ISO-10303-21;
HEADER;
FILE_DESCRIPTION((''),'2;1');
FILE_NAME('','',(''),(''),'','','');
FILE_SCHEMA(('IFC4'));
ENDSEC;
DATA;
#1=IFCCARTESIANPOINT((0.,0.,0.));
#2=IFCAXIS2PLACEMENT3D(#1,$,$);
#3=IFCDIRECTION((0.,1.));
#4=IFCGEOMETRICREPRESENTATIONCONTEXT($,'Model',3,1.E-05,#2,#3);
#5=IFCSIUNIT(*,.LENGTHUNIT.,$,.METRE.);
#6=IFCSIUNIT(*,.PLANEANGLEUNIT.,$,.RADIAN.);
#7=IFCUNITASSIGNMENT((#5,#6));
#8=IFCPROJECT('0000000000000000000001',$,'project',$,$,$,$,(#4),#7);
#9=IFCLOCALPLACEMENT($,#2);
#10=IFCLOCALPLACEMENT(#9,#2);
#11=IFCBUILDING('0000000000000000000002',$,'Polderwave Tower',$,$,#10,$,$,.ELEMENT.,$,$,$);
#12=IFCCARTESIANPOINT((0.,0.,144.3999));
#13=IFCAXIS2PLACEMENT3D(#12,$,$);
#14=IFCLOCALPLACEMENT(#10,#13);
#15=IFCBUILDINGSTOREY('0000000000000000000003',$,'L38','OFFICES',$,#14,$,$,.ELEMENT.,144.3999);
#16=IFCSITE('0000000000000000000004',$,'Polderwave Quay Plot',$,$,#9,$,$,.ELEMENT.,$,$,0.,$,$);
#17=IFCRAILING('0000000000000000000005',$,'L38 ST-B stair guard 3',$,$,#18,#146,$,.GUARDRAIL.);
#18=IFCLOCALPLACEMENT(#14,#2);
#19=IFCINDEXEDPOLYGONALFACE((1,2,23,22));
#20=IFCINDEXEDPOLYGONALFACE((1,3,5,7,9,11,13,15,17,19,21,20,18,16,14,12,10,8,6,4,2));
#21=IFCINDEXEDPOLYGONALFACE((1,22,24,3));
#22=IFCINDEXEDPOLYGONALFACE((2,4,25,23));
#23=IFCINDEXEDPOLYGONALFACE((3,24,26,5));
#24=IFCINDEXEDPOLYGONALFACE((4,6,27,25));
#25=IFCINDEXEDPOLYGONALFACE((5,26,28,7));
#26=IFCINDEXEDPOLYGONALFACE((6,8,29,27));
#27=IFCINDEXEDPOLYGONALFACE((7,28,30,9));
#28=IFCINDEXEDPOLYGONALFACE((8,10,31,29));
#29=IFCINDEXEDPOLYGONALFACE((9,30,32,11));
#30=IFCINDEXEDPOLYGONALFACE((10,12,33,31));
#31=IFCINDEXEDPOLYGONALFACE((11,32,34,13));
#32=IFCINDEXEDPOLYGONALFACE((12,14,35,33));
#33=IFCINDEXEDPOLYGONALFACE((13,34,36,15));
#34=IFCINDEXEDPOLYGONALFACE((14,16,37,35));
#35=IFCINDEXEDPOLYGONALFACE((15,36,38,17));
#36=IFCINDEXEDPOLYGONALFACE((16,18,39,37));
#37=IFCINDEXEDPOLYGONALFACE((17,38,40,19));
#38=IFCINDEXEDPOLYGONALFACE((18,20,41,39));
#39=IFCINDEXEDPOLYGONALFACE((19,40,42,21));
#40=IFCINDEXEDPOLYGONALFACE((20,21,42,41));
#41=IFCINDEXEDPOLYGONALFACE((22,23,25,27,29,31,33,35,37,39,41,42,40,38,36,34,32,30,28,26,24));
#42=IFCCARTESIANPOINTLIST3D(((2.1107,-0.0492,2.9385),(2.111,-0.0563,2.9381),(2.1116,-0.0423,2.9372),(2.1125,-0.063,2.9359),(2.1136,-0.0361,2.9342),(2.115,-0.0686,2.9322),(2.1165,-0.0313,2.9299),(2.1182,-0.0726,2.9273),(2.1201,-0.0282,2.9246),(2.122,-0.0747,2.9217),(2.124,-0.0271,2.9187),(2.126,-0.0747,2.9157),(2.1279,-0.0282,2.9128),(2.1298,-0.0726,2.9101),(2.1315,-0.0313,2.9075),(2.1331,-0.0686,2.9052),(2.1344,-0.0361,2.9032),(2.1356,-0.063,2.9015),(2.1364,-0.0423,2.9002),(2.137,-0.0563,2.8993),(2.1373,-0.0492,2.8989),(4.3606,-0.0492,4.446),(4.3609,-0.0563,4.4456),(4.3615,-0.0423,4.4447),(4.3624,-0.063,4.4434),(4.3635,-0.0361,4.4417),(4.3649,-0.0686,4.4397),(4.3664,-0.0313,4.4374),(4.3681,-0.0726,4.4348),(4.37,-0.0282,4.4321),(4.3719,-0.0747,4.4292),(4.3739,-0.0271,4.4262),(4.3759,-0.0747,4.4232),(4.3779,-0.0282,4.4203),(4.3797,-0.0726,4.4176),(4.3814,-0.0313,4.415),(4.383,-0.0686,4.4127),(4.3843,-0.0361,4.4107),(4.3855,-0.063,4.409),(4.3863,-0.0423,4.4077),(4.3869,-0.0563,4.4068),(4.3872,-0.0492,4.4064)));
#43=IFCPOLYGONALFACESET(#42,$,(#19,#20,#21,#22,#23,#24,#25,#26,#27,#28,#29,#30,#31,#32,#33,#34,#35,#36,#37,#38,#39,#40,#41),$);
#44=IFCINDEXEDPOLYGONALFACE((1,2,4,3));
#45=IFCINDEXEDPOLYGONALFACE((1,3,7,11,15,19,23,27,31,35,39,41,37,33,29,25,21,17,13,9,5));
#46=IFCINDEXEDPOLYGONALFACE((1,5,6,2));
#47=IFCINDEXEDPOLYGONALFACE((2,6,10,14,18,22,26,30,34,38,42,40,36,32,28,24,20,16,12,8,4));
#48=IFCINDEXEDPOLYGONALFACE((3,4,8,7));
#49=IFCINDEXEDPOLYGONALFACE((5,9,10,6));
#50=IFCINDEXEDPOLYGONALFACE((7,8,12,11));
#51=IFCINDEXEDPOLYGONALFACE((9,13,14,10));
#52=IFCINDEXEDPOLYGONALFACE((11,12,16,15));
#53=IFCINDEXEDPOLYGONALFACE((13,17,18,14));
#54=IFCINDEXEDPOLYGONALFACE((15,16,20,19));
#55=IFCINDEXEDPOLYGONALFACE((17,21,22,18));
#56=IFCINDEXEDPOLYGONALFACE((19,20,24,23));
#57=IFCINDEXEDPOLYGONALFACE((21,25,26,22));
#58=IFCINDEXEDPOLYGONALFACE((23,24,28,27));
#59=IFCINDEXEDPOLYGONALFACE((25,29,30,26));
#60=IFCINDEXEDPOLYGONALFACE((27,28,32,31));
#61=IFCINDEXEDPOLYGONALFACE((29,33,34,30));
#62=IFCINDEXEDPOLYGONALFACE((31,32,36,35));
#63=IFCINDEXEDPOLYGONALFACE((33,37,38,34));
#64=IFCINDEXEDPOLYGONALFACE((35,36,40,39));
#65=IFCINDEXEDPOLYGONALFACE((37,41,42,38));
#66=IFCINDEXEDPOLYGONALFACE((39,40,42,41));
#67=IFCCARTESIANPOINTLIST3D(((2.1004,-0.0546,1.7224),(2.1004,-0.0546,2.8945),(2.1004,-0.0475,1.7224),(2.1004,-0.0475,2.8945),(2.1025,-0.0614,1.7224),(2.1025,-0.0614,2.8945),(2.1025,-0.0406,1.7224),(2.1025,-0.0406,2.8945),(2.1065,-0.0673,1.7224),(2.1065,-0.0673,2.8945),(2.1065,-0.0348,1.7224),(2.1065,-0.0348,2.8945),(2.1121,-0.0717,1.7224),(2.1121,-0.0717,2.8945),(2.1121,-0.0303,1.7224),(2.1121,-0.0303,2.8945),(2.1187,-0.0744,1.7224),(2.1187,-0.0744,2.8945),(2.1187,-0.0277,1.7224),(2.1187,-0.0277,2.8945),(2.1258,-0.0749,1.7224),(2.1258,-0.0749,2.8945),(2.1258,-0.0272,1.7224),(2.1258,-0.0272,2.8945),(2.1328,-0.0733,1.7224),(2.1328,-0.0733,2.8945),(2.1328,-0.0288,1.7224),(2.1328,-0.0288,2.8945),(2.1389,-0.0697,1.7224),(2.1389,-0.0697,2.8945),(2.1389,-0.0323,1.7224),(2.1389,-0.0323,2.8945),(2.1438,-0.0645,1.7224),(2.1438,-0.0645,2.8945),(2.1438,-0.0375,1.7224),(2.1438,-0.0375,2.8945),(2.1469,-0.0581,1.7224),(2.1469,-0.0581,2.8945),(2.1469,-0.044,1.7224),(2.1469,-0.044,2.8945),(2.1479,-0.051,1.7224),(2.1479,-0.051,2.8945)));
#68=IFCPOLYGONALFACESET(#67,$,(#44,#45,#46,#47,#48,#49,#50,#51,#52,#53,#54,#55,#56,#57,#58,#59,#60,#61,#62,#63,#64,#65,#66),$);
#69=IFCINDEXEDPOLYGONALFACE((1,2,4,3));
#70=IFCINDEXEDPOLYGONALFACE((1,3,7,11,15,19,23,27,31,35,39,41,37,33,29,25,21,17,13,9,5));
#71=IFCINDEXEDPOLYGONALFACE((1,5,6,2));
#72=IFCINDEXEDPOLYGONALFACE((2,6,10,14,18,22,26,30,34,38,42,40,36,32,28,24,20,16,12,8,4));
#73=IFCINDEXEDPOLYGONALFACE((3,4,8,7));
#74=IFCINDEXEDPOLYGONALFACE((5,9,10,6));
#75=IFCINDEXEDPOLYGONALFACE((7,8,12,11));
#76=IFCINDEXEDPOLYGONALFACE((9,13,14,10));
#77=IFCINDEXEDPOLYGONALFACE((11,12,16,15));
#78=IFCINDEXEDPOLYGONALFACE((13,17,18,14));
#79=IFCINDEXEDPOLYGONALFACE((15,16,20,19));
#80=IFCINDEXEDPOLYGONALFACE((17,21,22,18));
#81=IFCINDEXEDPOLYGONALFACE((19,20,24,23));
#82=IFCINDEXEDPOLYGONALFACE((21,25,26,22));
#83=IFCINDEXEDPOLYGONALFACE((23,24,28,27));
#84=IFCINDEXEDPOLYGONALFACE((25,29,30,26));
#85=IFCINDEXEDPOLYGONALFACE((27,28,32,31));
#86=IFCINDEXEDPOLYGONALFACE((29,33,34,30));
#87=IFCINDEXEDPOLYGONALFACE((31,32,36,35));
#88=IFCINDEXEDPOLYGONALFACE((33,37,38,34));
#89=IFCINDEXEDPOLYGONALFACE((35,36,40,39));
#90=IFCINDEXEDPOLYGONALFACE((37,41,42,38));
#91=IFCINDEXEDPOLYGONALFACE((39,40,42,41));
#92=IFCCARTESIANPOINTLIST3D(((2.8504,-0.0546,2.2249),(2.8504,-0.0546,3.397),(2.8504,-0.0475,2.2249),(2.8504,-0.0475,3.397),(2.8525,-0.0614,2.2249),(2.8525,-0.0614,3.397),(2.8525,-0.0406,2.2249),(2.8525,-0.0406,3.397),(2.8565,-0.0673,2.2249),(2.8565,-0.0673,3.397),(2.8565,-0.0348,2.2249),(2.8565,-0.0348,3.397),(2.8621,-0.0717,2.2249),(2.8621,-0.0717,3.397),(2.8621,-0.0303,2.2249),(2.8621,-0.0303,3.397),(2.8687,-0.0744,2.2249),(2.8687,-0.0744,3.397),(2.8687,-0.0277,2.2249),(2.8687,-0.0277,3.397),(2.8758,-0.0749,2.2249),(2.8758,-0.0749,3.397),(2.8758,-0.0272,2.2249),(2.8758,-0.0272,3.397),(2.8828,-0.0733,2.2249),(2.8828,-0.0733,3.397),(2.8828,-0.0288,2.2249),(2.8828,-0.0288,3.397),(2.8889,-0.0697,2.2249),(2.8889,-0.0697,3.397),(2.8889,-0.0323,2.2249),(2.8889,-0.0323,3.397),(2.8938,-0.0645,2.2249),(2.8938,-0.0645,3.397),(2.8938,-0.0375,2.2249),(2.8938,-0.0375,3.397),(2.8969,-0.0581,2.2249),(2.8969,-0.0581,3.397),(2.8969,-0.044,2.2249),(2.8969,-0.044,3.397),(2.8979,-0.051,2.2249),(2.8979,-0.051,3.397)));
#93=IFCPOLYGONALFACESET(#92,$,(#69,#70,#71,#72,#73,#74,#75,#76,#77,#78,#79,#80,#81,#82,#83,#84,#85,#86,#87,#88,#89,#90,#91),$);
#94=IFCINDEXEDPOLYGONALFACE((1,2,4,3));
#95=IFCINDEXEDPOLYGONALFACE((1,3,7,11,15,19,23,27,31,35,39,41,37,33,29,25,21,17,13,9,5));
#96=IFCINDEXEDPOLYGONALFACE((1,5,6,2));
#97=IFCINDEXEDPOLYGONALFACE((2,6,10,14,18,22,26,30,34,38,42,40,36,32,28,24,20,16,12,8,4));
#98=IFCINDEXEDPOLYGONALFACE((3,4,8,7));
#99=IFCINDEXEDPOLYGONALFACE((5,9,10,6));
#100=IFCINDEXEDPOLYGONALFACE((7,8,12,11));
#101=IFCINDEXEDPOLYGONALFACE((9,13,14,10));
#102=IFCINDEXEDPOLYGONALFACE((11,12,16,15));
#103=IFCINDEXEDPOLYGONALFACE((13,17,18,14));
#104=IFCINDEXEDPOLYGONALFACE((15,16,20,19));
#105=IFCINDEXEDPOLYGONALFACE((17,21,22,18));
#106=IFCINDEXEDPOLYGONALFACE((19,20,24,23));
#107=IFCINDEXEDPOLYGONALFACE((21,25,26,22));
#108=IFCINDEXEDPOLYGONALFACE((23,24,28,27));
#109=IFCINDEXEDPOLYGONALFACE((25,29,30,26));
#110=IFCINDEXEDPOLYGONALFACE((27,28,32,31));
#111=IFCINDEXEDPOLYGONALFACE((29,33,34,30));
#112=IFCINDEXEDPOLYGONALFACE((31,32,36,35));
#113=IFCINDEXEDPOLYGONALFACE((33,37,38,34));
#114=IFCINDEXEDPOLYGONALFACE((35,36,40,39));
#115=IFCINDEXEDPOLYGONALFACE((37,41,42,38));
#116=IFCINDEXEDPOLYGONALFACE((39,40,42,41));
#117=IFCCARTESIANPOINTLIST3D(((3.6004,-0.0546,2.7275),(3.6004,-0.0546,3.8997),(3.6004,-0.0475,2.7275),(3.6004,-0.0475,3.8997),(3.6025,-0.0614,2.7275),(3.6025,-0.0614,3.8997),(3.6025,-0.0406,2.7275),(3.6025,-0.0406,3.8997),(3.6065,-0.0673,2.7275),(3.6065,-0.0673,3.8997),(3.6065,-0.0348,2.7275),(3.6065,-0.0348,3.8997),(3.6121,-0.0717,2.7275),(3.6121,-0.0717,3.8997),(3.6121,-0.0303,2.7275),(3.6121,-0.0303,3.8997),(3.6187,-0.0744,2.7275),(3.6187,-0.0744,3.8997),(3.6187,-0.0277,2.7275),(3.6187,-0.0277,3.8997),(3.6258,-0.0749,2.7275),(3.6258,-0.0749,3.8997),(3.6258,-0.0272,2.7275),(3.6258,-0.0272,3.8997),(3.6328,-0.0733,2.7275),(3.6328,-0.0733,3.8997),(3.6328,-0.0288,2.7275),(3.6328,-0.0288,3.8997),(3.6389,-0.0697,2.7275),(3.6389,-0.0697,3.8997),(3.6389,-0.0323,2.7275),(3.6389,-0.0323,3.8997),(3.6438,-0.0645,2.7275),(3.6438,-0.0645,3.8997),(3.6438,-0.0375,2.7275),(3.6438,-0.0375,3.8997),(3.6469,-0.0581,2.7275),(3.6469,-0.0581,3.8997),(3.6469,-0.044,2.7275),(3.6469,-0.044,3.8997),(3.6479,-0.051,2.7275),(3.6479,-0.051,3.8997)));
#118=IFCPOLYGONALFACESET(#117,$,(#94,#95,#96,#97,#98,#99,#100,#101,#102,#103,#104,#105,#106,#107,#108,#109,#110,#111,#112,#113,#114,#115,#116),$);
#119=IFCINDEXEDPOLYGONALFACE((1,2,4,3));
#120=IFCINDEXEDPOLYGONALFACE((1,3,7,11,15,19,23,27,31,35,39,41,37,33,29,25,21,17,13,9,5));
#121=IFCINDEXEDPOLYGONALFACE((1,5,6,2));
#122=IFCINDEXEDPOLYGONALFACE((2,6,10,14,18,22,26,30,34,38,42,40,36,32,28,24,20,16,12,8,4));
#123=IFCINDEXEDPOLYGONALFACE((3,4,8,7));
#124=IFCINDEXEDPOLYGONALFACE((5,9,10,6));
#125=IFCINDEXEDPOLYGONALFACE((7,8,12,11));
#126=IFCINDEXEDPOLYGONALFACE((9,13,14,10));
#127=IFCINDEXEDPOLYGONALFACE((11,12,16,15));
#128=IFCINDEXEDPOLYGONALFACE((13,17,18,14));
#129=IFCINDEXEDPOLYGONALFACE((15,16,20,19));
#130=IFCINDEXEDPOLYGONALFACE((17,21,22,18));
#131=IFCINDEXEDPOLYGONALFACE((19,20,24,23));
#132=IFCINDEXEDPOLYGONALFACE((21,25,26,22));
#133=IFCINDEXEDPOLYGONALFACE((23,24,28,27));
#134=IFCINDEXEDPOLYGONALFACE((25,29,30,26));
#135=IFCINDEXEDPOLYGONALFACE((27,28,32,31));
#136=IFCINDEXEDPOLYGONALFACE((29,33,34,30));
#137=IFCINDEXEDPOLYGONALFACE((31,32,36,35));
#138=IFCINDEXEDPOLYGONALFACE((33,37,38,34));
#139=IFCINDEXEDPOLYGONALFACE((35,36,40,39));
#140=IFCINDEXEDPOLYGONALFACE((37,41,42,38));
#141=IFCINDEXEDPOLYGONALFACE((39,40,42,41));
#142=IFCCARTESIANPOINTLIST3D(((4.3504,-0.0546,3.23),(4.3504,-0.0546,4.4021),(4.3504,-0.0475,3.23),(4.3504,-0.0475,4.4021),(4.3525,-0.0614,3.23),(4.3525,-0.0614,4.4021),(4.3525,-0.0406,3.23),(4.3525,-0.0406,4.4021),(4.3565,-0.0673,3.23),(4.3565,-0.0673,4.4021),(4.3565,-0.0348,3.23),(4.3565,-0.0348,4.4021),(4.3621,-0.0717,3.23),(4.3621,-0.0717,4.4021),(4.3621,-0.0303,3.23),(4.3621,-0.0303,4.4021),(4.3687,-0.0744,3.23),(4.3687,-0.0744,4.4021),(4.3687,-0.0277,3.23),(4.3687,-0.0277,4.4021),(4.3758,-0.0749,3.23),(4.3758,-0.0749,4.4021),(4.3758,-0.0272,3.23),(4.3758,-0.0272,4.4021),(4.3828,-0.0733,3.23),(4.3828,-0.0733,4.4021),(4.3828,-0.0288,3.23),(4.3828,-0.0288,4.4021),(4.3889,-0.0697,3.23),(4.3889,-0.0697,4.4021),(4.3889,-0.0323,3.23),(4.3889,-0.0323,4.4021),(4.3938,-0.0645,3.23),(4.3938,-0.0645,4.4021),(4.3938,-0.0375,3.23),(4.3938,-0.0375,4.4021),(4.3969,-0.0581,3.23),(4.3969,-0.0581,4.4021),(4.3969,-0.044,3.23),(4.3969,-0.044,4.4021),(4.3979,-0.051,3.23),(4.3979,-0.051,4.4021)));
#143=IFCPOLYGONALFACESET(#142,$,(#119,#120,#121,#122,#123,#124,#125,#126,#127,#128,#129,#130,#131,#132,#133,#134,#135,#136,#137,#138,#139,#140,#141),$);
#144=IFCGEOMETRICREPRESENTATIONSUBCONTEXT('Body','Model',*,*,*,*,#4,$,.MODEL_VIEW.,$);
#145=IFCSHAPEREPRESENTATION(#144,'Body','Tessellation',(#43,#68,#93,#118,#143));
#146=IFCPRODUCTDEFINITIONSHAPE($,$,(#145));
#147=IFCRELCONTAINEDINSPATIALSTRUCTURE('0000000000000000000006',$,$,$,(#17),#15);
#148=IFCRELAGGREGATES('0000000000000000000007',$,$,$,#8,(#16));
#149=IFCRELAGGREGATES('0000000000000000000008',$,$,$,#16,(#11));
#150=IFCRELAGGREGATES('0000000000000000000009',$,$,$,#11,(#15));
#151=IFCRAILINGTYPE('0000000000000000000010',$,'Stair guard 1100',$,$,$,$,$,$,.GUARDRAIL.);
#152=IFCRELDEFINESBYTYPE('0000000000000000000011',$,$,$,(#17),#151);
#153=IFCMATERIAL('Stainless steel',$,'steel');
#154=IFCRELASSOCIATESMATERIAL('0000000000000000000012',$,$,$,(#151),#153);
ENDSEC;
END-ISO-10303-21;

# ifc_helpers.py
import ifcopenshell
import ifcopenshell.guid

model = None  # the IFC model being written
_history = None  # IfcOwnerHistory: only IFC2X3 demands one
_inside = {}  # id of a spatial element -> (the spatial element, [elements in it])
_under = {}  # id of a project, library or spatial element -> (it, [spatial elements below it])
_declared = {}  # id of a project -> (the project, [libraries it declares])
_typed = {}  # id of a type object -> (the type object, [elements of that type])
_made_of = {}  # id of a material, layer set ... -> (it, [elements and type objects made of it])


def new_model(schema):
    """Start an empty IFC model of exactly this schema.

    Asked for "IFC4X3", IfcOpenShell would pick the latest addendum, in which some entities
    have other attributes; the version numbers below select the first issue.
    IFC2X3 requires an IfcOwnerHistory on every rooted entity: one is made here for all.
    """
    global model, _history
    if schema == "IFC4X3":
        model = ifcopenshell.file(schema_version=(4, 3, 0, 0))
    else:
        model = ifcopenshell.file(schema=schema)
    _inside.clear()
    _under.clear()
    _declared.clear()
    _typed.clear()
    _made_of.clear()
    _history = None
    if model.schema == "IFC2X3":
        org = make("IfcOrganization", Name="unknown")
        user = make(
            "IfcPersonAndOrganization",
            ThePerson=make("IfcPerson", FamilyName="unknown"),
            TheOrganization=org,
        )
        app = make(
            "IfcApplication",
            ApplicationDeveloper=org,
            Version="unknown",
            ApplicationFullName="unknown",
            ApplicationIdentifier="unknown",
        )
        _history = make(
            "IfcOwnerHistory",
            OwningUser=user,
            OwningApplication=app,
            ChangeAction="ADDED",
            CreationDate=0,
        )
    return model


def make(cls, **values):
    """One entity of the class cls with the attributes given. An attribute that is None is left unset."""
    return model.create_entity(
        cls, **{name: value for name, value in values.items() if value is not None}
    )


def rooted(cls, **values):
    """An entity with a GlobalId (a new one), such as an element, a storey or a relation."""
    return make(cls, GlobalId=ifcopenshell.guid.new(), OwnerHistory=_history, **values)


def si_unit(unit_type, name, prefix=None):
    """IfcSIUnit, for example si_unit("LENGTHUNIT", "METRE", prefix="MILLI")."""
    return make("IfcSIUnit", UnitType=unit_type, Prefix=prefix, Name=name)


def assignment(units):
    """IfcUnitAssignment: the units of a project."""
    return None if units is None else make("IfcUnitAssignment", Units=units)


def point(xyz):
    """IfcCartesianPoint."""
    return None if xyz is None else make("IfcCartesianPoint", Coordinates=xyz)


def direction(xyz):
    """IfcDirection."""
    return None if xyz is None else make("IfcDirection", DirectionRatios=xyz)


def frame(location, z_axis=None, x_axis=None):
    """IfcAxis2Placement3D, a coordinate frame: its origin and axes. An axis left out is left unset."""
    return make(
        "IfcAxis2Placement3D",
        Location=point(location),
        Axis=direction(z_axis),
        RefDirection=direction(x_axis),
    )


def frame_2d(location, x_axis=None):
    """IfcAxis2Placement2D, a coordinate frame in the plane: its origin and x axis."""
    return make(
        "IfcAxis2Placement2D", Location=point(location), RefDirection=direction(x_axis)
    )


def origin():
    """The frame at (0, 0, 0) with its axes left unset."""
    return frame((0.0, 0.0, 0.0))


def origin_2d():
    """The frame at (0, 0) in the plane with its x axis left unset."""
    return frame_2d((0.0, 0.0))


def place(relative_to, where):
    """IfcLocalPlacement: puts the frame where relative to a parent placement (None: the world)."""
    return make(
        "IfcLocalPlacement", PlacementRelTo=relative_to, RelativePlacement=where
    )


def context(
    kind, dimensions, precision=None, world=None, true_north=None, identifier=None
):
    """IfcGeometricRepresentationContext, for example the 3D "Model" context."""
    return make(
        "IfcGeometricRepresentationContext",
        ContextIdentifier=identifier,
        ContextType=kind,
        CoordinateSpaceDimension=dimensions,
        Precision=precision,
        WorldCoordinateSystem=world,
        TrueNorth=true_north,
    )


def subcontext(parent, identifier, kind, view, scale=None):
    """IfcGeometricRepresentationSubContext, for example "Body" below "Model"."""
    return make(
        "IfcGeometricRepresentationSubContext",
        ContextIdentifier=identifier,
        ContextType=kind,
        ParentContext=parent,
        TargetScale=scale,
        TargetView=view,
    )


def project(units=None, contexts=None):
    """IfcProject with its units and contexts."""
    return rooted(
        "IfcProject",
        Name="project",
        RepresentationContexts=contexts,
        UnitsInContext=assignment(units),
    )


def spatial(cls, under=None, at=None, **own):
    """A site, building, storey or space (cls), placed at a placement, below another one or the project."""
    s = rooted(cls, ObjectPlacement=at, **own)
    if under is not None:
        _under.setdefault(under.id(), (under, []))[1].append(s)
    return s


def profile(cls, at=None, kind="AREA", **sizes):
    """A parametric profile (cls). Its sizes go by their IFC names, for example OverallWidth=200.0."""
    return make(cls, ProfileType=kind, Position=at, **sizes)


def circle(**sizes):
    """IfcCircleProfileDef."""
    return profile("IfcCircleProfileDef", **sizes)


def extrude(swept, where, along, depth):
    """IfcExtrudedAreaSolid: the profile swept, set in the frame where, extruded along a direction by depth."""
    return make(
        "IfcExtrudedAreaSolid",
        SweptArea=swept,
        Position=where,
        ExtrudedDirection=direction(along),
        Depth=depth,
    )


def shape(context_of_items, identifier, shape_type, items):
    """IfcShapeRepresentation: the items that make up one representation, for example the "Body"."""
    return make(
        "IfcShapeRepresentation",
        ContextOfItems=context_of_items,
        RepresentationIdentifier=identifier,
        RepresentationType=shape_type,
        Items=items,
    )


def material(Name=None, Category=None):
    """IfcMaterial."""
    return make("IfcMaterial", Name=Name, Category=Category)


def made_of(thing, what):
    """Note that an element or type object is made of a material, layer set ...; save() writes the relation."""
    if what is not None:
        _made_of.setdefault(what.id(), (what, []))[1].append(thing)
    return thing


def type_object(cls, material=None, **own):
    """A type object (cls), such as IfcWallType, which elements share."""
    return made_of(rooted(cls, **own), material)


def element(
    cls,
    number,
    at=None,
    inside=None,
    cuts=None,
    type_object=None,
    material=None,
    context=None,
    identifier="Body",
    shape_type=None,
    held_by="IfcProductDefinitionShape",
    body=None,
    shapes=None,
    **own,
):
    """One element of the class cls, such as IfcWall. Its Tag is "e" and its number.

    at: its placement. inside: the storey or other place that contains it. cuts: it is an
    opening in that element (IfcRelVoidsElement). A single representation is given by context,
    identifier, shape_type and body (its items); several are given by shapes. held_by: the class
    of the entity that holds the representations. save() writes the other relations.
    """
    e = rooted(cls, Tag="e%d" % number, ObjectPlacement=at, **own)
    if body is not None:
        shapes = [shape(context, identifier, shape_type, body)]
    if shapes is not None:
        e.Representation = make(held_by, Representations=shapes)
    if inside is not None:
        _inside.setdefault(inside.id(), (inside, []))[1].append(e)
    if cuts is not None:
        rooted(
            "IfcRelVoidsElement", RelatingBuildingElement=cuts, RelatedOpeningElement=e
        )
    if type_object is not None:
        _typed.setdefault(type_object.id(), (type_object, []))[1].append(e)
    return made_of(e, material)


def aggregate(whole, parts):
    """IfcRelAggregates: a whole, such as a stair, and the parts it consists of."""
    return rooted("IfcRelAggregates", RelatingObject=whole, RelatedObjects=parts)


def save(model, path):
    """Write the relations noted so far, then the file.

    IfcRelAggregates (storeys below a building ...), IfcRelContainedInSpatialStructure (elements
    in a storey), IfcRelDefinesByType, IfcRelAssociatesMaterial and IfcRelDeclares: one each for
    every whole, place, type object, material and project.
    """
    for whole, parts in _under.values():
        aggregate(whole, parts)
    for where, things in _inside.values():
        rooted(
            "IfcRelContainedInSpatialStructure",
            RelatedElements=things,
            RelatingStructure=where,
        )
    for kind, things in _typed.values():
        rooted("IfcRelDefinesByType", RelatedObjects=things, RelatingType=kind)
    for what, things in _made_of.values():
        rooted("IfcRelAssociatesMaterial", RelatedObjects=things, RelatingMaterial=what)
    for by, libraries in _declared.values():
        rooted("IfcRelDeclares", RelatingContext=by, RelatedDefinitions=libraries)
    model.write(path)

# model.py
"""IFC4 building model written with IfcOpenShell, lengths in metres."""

from ifc_helpers import new_model, si_unit, direction, frame, origin, origin_2d, place, context, subcontext, project, spatial, circle, extrude, material, type_object, element, save


model = new_model("IFC4")

# Units and contexts
model_context = context("Model", 3, precision=1e-05, world=origin(), true_north=direction((0.0, 1.0)))
body_context = subcontext(model_context, "Body", "Model", "MODEL_VIEW")
ifc_project = project(units=[si_unit("LENGTHUNIT", "METRE"), si_unit("PLANEANGLEUNIT", "RADIAN")], contexts=[model_context])

# Site, building, storey
site_placement = place(None, origin())
site = spatial("IfcSite", under=ifc_project, at=site_placement, Name="Polderwave Quay Plot", CompositionType="ELEMENT", RefElevation=0.0)
building_placement = place(site_placement, origin())
building = spatial("IfcBuilding", under=site, at=building_placement, Name="Polderwave Tower", CompositionType="ELEMENT")
storey_placement = place(building_placement, frame((0.0, 0.0, 144.3999)))
storey = spatial("IfcBuildingStorey", under=building, at=storey_placement, Name="L38", Description="OFFICES", CompositionType="ELEMENT", Elevation=144.3999)

# Railing
ifc_material_1 = material(Name="Stainless steel", Category="steel")
railing_type_1 = type_object("IfcRailingType", Name="Stair guard 1100", PredefinedType="GUARDRAIL", material=ifc_material_1)
railing_1_placement = place(storey_placement, frame((2.124, -0.051, 1.7224)))
element("IfcRailing", 1, at=railing_1_placement, inside=storey, type_object=railing_type_1, Name="L38 ST-B stair guard 3", PredefinedType="GUARDRAIL", context=body_context, shape_type="SweptSolid", body=[
    extrude(circle(Radius=0.0239, at=origin_2d()), frame((0.0, 0.0, 1.1963), z_axis=(0.830758, 0.0, 0.556633), x_axis=(0.0, 1.0, 0.0)), (0.0, 0.0, 1.0), 2.7083),
    extrude(circle(Radius=0.0239, at=origin_2d()), origin(), (0.0, 0.0, 1.0), 1.1721),
    extrude(circle(Radius=0.0239, at=origin_2d()), frame((0.75, 0.0, 0.5024)), (0.0, 0.0, 1.0), 1.1721),
    extrude(circle(Radius=0.0239, at=origin_2d()), frame((1.5, 0.0, 1.0051)), (0.0, 0.0, 1.0), 1.1721),
    extrude(circle(Radius=0.0239, at=origin_2d()), frame((2.25, 0.0, 1.5076)), (0.0, 0.0, 1.0), 1.1721),
])

save(model, "model.ifc")
